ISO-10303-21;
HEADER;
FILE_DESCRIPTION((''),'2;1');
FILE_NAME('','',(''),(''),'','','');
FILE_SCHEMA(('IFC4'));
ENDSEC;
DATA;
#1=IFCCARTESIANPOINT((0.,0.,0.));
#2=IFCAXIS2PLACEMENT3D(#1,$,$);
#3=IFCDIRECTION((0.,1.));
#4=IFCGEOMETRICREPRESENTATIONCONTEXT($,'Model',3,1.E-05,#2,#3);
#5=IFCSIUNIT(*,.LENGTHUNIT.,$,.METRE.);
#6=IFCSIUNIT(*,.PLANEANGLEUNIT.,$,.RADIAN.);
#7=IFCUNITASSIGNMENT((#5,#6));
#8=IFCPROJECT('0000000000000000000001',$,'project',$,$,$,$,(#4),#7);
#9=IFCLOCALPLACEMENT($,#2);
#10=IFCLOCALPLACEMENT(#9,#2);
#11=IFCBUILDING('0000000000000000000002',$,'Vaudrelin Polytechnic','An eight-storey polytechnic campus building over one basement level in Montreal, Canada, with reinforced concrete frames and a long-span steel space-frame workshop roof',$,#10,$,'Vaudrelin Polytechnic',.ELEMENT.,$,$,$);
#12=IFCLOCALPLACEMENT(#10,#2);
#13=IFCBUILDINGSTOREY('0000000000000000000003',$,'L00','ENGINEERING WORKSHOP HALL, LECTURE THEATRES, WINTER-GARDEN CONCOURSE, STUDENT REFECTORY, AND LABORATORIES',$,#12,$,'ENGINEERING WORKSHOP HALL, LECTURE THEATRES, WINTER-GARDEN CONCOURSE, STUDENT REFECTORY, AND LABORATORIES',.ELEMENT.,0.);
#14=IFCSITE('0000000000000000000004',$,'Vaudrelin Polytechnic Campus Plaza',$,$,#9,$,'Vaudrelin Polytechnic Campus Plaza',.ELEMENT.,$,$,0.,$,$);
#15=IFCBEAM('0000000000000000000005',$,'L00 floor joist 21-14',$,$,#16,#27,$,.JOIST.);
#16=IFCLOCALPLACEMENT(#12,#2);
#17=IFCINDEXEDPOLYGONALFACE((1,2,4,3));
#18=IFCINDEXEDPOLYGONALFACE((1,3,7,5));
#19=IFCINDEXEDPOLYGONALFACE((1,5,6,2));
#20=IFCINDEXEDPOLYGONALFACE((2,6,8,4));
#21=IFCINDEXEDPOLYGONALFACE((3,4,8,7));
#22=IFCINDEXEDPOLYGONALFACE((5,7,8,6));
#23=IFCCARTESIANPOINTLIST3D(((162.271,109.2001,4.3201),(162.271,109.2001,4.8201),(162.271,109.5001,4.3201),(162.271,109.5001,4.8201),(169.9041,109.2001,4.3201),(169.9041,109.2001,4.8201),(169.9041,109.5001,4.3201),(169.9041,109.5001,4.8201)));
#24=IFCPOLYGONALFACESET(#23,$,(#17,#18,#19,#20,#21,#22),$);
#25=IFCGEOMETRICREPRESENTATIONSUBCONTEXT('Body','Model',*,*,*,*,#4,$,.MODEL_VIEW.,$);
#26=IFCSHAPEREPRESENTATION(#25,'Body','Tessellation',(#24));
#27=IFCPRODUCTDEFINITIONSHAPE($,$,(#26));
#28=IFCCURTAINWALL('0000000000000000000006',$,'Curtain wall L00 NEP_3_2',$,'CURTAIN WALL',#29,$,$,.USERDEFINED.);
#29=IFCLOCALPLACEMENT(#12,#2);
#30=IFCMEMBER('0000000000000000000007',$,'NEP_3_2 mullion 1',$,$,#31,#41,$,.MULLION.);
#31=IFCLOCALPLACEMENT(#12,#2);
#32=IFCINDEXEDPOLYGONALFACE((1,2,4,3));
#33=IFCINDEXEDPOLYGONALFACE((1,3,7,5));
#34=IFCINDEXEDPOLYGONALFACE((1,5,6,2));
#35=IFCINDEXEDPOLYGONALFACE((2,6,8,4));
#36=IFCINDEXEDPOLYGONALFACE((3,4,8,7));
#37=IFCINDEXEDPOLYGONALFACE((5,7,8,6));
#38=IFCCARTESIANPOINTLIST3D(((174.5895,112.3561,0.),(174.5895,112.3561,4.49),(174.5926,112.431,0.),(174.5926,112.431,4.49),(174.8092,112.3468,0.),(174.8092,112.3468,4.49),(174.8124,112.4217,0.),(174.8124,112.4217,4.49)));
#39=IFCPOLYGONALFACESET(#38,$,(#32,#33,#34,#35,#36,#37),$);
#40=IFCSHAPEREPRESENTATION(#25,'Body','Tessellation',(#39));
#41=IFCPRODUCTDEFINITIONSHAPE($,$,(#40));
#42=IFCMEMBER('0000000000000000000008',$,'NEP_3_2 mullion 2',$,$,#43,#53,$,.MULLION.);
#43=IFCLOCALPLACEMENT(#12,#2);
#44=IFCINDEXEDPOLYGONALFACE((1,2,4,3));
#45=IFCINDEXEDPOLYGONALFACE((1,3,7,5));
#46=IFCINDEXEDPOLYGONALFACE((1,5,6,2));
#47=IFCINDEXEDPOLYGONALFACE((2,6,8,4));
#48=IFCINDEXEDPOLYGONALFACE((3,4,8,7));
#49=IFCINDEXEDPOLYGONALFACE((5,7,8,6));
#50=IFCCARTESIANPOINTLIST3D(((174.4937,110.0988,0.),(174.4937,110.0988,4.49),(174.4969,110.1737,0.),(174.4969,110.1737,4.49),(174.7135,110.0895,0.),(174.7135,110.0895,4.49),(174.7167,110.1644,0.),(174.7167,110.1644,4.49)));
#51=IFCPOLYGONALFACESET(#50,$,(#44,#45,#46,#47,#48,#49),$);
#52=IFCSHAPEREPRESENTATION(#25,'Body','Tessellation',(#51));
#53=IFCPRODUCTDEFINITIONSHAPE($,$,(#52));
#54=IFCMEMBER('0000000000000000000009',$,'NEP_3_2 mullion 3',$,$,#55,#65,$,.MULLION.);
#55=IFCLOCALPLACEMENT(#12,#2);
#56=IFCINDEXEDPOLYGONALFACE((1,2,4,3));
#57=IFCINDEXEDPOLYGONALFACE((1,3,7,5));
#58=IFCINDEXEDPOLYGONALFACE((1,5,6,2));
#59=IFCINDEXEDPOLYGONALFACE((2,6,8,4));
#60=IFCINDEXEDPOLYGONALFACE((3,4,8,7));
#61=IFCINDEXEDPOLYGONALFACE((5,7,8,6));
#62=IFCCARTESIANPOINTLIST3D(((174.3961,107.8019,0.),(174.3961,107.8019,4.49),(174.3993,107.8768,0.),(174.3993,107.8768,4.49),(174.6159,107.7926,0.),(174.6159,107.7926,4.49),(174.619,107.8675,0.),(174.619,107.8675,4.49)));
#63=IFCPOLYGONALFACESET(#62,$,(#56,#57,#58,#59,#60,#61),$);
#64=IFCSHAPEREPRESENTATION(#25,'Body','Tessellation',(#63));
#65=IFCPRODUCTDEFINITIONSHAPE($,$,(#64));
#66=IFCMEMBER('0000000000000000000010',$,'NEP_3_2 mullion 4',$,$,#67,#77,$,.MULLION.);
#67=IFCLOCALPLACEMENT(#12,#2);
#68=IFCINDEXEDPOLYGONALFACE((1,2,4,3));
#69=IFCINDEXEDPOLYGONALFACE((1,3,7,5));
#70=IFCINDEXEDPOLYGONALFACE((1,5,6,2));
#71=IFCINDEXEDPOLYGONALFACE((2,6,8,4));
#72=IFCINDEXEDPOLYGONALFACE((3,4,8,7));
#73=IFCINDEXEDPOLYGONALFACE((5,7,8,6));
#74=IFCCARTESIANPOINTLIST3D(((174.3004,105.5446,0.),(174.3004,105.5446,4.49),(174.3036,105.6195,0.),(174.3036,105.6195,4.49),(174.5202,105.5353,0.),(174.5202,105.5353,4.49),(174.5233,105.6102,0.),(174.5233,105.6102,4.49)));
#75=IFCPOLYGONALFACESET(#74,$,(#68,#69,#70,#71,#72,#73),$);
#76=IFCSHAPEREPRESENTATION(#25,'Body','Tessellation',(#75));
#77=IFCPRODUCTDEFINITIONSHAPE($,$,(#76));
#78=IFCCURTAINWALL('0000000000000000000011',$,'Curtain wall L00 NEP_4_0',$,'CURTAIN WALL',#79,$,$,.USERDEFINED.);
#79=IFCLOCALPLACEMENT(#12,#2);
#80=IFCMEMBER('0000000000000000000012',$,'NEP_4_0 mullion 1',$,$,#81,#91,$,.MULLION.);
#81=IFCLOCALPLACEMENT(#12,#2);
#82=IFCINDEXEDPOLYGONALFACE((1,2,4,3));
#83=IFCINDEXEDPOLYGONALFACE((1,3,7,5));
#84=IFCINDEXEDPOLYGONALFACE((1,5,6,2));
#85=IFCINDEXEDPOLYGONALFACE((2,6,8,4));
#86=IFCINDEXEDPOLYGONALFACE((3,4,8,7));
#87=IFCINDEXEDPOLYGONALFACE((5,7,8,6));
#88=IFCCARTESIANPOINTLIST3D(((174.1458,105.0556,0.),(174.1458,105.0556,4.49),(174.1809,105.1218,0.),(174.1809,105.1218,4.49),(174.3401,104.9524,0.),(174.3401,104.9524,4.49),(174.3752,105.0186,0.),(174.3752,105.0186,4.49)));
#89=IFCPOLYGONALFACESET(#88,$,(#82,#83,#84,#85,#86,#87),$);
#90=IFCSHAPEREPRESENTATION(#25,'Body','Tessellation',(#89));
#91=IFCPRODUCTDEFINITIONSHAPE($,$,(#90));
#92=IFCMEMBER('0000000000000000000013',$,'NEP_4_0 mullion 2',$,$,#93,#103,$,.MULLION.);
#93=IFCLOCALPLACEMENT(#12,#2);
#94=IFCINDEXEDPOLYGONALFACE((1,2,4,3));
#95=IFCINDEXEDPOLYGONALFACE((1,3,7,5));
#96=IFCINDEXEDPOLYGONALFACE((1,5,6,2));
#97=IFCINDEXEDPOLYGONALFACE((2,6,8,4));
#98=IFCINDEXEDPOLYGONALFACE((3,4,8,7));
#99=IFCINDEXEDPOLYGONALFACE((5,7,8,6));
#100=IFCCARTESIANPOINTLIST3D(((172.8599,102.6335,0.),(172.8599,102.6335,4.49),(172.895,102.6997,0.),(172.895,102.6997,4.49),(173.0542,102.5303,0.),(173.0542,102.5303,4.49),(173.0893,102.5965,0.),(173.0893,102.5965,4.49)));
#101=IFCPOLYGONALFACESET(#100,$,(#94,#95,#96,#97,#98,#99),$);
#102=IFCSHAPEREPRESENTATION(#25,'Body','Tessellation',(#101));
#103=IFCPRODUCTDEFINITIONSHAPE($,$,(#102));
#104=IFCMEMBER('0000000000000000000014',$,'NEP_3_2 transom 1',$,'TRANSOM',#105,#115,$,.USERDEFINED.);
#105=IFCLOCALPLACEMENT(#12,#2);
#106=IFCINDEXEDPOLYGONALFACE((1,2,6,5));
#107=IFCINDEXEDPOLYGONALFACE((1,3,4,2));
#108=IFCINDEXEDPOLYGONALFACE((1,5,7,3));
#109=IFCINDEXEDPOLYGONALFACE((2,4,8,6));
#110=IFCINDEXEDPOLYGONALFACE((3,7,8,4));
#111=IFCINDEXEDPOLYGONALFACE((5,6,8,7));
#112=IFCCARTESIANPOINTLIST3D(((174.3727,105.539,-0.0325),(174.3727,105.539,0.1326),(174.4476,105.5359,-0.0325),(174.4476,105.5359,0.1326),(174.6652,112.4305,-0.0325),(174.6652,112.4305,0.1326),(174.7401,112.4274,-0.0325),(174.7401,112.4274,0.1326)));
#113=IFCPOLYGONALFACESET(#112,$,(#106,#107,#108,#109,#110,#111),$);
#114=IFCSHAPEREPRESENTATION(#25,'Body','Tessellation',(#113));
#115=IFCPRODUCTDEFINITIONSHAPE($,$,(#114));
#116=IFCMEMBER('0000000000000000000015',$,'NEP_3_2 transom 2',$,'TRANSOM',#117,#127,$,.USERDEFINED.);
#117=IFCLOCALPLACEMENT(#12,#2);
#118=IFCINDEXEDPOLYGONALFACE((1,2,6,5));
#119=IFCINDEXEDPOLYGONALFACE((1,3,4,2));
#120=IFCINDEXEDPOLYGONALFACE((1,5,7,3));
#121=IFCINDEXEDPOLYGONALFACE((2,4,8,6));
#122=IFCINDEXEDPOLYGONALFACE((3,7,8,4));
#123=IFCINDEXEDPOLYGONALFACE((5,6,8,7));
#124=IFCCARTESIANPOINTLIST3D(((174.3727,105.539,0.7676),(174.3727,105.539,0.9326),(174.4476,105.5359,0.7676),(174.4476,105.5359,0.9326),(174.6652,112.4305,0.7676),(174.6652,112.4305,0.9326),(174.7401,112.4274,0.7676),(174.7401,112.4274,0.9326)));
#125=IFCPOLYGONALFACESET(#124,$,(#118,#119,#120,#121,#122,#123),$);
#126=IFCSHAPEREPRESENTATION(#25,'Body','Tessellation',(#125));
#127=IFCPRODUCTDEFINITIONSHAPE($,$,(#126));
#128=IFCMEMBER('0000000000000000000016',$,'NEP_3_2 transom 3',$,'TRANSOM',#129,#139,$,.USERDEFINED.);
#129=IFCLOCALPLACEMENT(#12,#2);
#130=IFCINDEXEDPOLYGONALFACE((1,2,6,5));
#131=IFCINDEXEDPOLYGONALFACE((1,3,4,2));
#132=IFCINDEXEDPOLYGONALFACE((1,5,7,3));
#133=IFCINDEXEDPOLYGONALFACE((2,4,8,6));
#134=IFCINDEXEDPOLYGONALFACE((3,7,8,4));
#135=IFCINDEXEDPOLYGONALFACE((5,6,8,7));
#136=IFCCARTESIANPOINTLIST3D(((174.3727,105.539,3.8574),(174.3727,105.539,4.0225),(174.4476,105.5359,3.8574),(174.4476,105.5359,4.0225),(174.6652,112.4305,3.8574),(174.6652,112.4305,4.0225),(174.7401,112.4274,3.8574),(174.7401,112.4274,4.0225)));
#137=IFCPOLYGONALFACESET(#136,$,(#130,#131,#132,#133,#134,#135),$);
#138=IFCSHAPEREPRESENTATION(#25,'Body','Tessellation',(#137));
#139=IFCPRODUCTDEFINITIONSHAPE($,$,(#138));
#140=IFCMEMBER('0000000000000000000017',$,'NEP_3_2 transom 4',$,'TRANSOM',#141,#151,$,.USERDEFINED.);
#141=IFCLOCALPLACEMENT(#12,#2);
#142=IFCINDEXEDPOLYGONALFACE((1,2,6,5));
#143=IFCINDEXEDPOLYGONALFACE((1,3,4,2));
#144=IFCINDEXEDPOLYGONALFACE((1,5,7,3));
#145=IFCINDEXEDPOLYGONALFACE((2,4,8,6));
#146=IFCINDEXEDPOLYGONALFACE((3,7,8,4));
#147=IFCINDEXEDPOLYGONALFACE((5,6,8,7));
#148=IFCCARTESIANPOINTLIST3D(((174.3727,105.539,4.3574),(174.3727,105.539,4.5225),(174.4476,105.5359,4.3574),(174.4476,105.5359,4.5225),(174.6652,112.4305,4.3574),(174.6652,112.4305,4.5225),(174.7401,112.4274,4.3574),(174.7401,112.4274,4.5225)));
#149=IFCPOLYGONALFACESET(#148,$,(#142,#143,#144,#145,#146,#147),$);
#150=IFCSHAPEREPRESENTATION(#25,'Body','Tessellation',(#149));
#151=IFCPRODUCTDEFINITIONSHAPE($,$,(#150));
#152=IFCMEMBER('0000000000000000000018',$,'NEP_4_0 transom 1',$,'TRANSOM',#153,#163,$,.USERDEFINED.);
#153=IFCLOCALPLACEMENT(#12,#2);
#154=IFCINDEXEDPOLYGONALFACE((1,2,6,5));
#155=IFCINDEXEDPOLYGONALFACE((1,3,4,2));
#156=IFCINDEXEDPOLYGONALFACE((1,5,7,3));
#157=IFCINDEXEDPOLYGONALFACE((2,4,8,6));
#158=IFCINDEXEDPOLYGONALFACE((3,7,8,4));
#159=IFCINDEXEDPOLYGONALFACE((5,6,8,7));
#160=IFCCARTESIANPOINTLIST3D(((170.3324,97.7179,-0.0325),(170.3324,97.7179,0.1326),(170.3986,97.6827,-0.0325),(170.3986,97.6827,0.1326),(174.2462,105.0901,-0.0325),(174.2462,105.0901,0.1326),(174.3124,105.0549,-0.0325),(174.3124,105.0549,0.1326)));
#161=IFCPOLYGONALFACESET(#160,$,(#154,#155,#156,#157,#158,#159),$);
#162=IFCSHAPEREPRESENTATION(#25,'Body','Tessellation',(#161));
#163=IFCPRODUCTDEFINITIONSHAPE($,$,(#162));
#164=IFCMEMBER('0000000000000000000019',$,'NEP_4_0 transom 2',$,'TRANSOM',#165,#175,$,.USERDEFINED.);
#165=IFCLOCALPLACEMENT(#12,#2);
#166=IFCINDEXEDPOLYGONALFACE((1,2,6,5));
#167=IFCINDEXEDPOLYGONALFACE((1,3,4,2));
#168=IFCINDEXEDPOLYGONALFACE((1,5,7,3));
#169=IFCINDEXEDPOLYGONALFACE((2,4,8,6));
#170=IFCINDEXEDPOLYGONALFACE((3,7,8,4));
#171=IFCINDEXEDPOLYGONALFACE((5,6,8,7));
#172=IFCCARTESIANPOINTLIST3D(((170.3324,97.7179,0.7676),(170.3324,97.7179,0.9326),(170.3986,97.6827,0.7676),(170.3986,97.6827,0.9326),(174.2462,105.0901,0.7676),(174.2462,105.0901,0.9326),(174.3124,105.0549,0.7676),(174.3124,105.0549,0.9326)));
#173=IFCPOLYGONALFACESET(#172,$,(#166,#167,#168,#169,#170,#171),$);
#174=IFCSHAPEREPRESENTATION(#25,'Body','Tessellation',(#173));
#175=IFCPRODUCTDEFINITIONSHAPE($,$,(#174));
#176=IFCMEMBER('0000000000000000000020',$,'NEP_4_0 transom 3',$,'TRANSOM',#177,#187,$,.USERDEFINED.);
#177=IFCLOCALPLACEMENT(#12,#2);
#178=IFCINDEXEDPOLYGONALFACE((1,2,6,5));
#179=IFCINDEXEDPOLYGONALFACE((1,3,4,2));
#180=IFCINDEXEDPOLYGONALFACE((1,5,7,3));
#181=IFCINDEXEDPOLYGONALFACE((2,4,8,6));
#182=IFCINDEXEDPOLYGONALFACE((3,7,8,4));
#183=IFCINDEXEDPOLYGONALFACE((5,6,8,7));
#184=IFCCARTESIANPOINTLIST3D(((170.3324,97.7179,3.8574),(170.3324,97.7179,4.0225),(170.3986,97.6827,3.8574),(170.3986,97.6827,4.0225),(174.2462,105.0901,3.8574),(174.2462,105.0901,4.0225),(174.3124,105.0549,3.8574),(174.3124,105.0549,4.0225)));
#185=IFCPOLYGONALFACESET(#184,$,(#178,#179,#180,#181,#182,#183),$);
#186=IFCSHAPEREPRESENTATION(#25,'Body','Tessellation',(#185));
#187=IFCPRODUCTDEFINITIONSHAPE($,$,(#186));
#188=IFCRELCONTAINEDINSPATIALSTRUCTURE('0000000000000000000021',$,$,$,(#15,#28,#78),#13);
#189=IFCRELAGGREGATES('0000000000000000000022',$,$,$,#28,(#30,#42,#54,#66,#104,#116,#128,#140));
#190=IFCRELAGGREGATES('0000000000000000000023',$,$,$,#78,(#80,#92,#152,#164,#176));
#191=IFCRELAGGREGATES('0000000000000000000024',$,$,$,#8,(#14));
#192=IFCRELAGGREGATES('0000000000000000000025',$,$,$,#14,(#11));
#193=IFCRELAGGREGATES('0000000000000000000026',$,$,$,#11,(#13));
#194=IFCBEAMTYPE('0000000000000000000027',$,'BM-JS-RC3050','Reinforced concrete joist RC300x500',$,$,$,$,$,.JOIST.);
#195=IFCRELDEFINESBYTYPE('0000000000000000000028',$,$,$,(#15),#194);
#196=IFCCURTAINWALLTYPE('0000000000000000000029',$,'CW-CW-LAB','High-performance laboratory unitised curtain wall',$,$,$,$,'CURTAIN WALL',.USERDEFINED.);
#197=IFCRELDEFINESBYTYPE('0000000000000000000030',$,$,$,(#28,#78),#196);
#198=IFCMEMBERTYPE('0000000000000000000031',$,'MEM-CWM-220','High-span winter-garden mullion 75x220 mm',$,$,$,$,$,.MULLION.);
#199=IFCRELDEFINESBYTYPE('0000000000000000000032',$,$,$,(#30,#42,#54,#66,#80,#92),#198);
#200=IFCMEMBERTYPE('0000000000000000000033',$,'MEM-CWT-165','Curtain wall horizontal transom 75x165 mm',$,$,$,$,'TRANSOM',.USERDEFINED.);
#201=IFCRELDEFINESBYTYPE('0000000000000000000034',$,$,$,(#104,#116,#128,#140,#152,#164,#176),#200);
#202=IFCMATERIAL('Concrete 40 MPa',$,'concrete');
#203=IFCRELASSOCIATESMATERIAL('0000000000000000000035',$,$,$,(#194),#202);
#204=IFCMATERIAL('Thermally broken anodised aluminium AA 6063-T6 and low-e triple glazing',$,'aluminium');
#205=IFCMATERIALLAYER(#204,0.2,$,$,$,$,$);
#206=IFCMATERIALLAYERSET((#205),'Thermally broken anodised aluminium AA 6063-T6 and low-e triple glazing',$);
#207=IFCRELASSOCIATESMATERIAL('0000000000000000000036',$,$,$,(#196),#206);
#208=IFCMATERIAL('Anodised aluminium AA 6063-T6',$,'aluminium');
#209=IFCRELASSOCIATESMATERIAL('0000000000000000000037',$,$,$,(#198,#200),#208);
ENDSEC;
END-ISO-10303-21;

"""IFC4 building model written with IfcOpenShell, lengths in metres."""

from ifc_helpers import new_model, si_unit, direction, frame, origin, origin_2d, place, context, subcontext, project, spatial, rectangle, extrude, material, layer, layer_set, material_profile, profile_set, type_object, element, aggregate, save


model = new_model("IFC4")

# Units and contexts
model_context = context("Model", 3, precision=1e-05, world=origin(), true_north=direction((0.0, 1.0)))
body_context = subcontext(model_context, "Body", "Model", "MODEL_VIEW")
ifc_project = project(units=[si_unit("LENGTHUNIT", "METRE"), si_unit("PLANEANGLEUNIT", "RADIAN")], contexts=[model_context])

# Site, building, storey
site_placement = place(None, origin())
site = spatial("IfcSite", under=ifc_project, at=site_placement, Name="Vaudrelin Polytechnic Campus Plaza", LongName="Vaudrelin Polytechnic Campus Plaza", CompositionType="ELEMENT", RefElevation=0.0)
building_placement = place(site_placement, origin())
building = spatial("IfcBuilding", under=site, at=building_placement, Name="Vaudrelin Polytechnic", Description="An eight-storey polytechnic campus building over one basement level in Montreal, Canada, with reinforced concrete frames and a long-span steel space-frame workshop roof", LongName="Vaudrelin Polytechnic", CompositionType="ELEMENT")
storey_placement = place(building_placement, origin())
storey = spatial("IfcBuildingStorey", under=building, at=storey_placement, Name="L00", Description="ENGINEERING WORKSHOP HALL, LECTURE THEATRES, WINTER-GARDEN CONCOURSE, STUDENT REFECTORY, AND LABORATORIES", LongName="ENGINEERING WORKSHOP HALL, LECTURE THEATRES, WINTER-GARDEN CONCOURSE, STUDENT REFECTORY, AND LABORATORIES", CompositionType="ELEMENT", Elevation=0.0)

# Beam
ifc_material_1 = material(Name="Concrete 40 MPa", Category="concrete")
ifc_material_profile_1 = material_profile(ifc_material_1, rectangle(XDim=0.3, YDim=0.5, at=origin_2d()), Name="RC300x500")
ifc_profile_set_1 = profile_set([ifc_material_profile_1], Name="Concrete 40 MPa")
beam_type_1 = type_object("IfcBeamType", Name="BM-JS-RC3050", Description="Reinforced concrete joist RC300x500", PredefinedType="JOIST", material=ifc_profile_set_1)
beam_1_placement = place(storey_placement, frame((162.271, 109.3501, 4.5701), z_axis=(1.0, 0.0, 0.0), x_axis=(0.0, 1.0, 0.0)))
element("IfcBeam", 1, at=beam_1_placement, inside=storey, type_object=beam_type_1, Name="L00 floor joist 21-14", PredefinedType="JOIST", context=body_context, shape_type="SweptSolid", body=[
    extrude(rectangle(XDim=0.3, YDim=0.5, at=origin_2d()), origin(), (0.0, 0.0, 1.0), 7.6331),
])

# Curtain walls, members
ifc_material_2 = material(Name="Thermally broken anodised aluminium AA 6063-T6 and low-e triple glazing", Category="aluminium")
ifc_layer_1 = layer(ifc_material_2, 0.2)
ifc_layer_set_1 = layer_set([ifc_layer_1], Name="Thermally broken anodised aluminium AA 6063-T6 and low-e triple glazing")
curtain_wall_type = type_object("IfcCurtainWallType", Name="CW-CW-LAB", Description="High-performance laboratory unitised curtain wall", ElementType="CURTAIN WALL", PredefinedType="USERDEFINED", material=ifc_layer_set_1)
curtain_wall_1_placement = place(storey_placement, origin())
curtain_wall_1 = element("IfcCurtainWall", 2, at=curtain_wall_1_placement, inside=storey, type_object=curtain_wall_type, Name="Curtain wall L00 NEP_3_2", ObjectType="CURTAIN WALL", PredefinedType="USERDEFINED")
ifc_material_3 = material(Name="Anodised aluminium AA 6063-T6", Category="aluminium")
ifc_material_profile_2 = material_profile(ifc_material_3, rectangle(XDim=0.075, YDim=0.22, at=origin_2d()), Name="CWM-75x220")
ifc_profile_set_2 = profile_set([ifc_material_profile_2], Name="Anodised aluminium AA 6063-T6")
member_type_1 = type_object("IfcMemberType", Name="MEM-CWM-220", Description="High-span winter-garden mullion 75x220 mm", PredefinedType="MULLION", material=ifc_profile_set_2)
member_1_placement = place(storey_placement, frame((174.7009, 112.3889, 0.0), z_axis=(0.0, 0.0, 1.0), x_axis=(-0.04242, -0.9991, 0.0)))
member_1 = element("IfcMember", 3, at=member_1_placement, type_object=member_type_1, Name="NEP_3_2 mullion 1", PredefinedType="MULLION", context=body_context, shape_type="SweptSolid", body=[
    extrude(rectangle(XDim=0.075, YDim=0.22, at=origin_2d()), origin(), (0.0, 0.0, 1.0), 4.49),
])
member_2_placement = place(storey_placement, frame((174.6052, 110.1316, 0.0), z_axis=(0.0, 0.0, 1.0), x_axis=(-0.04242, -0.9991, 0.0)))
member_2 = element("IfcMember", 4, at=member_2_placement, type_object=member_type_1, Name="NEP_3_2 mullion 2", PredefinedType="MULLION", context=body_context, shape_type="SweptSolid", body=[
    extrude(rectangle(XDim=0.075, YDim=0.22, at=origin_2d()), origin(), (0.0, 0.0, 1.0), 4.49),
])
member_3_placement = place(storey_placement, frame((174.5076, 107.8347, 0.0), z_axis=(0.0, 0.0, 1.0), x_axis=(-0.04242, -0.9991, 0.0)))
member_3 = element("IfcMember", 5, at=member_3_placement, type_object=member_type_1, Name="NEP_3_2 mullion 3", PredefinedType="MULLION", context=body_context, shape_type="SweptSolid", body=[
    extrude(rectangle(XDim=0.075, YDim=0.22, at=origin_2d()), origin(), (0.0, 0.0, 1.0), 4.49),
])
member_4_placement = place(storey_placement, frame((174.4119, 105.5774, 0.0), z_axis=(0.0, 0.0, 1.0), x_axis=(-0.04242, -0.9991, 0.0)))
member_4 = element("IfcMember", 6, at=member_4_placement, type_object=member_type_1, Name="NEP_3_2 mullion 4", PredefinedType="MULLION", context=body_context, shape_type="SweptSolid", body=[
    extrude(rectangle(XDim=0.075, YDim=0.22, at=origin_2d()), origin(), (0.0, 0.0, 1.0), 4.49),
])
curtain_wall_2_placement = place(storey_placement, origin())
curtain_wall_2 = element("IfcCurtainWall", 7, at=curtain_wall_2_placement, inside=storey, type_object=curtain_wall_type, Name="Curtain wall L00 NEP_4_0", ObjectType="CURTAIN WALL", PredefinedType="USERDEFINED")
member_5_placement = place(storey_placement, frame((174.2605, 105.0371, 0.0), z_axis=(0.0, 0.0, 1.0), x_axis=(-0.46889, -0.883256, 0.0)))
member_5 = element("IfcMember", 8, at=member_5_placement, type_object=member_type_1, Name="NEP_4_0 mullion 1", PredefinedType="MULLION", context=body_context, shape_type="SweptSolid", body=[
    extrude(rectangle(XDim=0.075, YDim=0.22, at=origin_2d()), origin(), (0.0, 0.0, 1.0), 4.49),
])
member_6_placement = place(storey_placement, frame((172.9746, 102.615, 0.0), z_axis=(0.0, 0.0, 1.0), x_axis=(-0.46889, -0.883256, 0.0)))
member_6 = element("IfcMember", 9, at=member_6_placement, type_object=member_type_1, Name="NEP_4_0 mullion 2", PredefinedType="MULLION", context=body_context, shape_type="SweptSolid", body=[
    extrude(rectangle(XDim=0.075, YDim=0.22, at=origin_2d()), origin(), (0.0, 0.0, 1.0), 4.49),
])

# Members
ifc_material_profile_3 = material_profile(ifc_material_3, rectangle(XDim=0.075, YDim=0.165, at=origin_2d()), Name="CWT-75x165")
ifc_profile_set_3 = profile_set([ifc_material_profile_3], Name="Anodised aluminium AA 6063-T6")
member_type_2 = type_object("IfcMemberType", Name="MEM-CWT-165", Description="Curtain wall horizontal transom 75x165 mm", ElementType="TRANSOM", PredefinedType="USERDEFINED", material=ifc_profile_set_3)
member_7_placement = place(storey_placement, frame((174.7026, 112.429, 0.05), z_axis=(-0.042402, -0.999101, 0.0), x_axis=(0.999101, -0.042402, 0.0)))
member_7 = element("IfcMember", 10, at=member_7_placement, type_object=member_type_2, Name="NEP_3_2 transom 1", ObjectType="TRANSOM", PredefinedType="USERDEFINED", context=body_context, shape_type="SweptSolid", body=[
    extrude(rectangle(XDim=0.075, YDim=0.165, at=origin_2d()), origin(), (0.0, 0.0, 1.0), 6.8977),
])
member_8_placement = place(storey_placement, frame((174.7026, 112.429, 0.8501), z_axis=(-0.042402, -0.999101, 0.0), x_axis=(0.999101, -0.042402, 0.0)))
member_8 = element("IfcMember", 11, at=member_8_placement, type_object=member_type_2, Name="NEP_3_2 transom 2", ObjectType="TRANSOM", PredefinedType="USERDEFINED", context=body_context, shape_type="SweptSolid", body=[
    extrude(rectangle(XDim=0.075, YDim=0.165, at=origin_2d()), origin(), (0.0, 0.0, 1.0), 6.8977),
])
member_9_placement = place(storey_placement, frame((174.7026, 112.429, 3.9399), z_axis=(-0.042402, -0.999101, 0.0), x_axis=(0.999101, -0.042402, 0.0)))
member_9 = element("IfcMember", 12, at=member_9_placement, type_object=member_type_2, Name="NEP_3_2 transom 3", ObjectType="TRANSOM", PredefinedType="USERDEFINED", context=body_context, shape_type="SweptSolid", body=[
    extrude(rectangle(XDim=0.075, YDim=0.165, at=origin_2d()), origin(), (0.0, 0.0, 1.0), 6.8977),
])
member_10_placement = place(storey_placement, frame((174.7026, 112.429, 4.4399), z_axis=(-0.042402, -0.999101, 0.0), x_axis=(0.999101, -0.042402, 0.0)))
member_10 = element("IfcMember", 13, at=member_10_placement, type_object=member_type_2, Name="NEP_3_2 transom 4", ObjectType="TRANSOM", PredefinedType="USERDEFINED", context=body_context, shape_type="SweptSolid", body=[
    extrude(rectangle(XDim=0.075, YDim=0.165, at=origin_2d()), origin(), (0.0, 0.0, 1.0), 6.8977),
])
member_11_placement = place(storey_placement, frame((174.2793, 105.0725, 0.05), z_axis=(-0.468901, -0.883251, 0.0), x_axis=(0.883251, -0.468901, 0.0)))
member_11 = element("IfcMember", 14, at=member_11_placement, type_object=member_type_2, Name="NEP_4_0 transom 1", ObjectType="TRANSOM", PredefinedType="USERDEFINED", context=body_context, shape_type="SweptSolid", body=[
    extrude(rectangle(XDim=0.075, YDim=0.165, at=origin_2d()), origin(), (0.0, 0.0, 1.0), 8.3467),
])
member_12_placement = place(storey_placement, frame((174.2793, 105.0725, 0.8501), z_axis=(-0.468901, -0.883251, 0.0), x_axis=(0.883251, -0.468901, 0.0)))
member_12 = element("IfcMember", 15, at=member_12_placement, type_object=member_type_2, Name="NEP_4_0 transom 2", ObjectType="TRANSOM", PredefinedType="USERDEFINED", context=body_context, shape_type="SweptSolid", body=[
    extrude(rectangle(XDim=0.075, YDim=0.165, at=origin_2d()), origin(), (0.0, 0.0, 1.0), 8.3467),
])
member_13_placement = place(storey_placement, frame((174.2793, 105.0725, 3.9399), z_axis=(-0.468901, -0.883251, 0.0), x_axis=(0.883251, -0.468901, 0.0)))
member_13 = element("IfcMember", 16, at=member_13_placement, type_object=member_type_2, Name="NEP_4_0 transom 3", ObjectType="TRANSOM", PredefinedType="USERDEFINED", context=body_context, shape_type="SweptSolid", body=[
    extrude(rectangle(XDim=0.075, YDim=0.165, at=origin_2d()), origin(), (0.0, 0.0, 1.0), 8.3467),
])

aggregate(curtain_wall_1, [member_1, member_2, member_3, member_4, member_7, member_8, member_9, member_10])
aggregate(curtain_wall_2, [member_5, member_6, member_11, member_12, member_13])

save(model, "model.ifc")
